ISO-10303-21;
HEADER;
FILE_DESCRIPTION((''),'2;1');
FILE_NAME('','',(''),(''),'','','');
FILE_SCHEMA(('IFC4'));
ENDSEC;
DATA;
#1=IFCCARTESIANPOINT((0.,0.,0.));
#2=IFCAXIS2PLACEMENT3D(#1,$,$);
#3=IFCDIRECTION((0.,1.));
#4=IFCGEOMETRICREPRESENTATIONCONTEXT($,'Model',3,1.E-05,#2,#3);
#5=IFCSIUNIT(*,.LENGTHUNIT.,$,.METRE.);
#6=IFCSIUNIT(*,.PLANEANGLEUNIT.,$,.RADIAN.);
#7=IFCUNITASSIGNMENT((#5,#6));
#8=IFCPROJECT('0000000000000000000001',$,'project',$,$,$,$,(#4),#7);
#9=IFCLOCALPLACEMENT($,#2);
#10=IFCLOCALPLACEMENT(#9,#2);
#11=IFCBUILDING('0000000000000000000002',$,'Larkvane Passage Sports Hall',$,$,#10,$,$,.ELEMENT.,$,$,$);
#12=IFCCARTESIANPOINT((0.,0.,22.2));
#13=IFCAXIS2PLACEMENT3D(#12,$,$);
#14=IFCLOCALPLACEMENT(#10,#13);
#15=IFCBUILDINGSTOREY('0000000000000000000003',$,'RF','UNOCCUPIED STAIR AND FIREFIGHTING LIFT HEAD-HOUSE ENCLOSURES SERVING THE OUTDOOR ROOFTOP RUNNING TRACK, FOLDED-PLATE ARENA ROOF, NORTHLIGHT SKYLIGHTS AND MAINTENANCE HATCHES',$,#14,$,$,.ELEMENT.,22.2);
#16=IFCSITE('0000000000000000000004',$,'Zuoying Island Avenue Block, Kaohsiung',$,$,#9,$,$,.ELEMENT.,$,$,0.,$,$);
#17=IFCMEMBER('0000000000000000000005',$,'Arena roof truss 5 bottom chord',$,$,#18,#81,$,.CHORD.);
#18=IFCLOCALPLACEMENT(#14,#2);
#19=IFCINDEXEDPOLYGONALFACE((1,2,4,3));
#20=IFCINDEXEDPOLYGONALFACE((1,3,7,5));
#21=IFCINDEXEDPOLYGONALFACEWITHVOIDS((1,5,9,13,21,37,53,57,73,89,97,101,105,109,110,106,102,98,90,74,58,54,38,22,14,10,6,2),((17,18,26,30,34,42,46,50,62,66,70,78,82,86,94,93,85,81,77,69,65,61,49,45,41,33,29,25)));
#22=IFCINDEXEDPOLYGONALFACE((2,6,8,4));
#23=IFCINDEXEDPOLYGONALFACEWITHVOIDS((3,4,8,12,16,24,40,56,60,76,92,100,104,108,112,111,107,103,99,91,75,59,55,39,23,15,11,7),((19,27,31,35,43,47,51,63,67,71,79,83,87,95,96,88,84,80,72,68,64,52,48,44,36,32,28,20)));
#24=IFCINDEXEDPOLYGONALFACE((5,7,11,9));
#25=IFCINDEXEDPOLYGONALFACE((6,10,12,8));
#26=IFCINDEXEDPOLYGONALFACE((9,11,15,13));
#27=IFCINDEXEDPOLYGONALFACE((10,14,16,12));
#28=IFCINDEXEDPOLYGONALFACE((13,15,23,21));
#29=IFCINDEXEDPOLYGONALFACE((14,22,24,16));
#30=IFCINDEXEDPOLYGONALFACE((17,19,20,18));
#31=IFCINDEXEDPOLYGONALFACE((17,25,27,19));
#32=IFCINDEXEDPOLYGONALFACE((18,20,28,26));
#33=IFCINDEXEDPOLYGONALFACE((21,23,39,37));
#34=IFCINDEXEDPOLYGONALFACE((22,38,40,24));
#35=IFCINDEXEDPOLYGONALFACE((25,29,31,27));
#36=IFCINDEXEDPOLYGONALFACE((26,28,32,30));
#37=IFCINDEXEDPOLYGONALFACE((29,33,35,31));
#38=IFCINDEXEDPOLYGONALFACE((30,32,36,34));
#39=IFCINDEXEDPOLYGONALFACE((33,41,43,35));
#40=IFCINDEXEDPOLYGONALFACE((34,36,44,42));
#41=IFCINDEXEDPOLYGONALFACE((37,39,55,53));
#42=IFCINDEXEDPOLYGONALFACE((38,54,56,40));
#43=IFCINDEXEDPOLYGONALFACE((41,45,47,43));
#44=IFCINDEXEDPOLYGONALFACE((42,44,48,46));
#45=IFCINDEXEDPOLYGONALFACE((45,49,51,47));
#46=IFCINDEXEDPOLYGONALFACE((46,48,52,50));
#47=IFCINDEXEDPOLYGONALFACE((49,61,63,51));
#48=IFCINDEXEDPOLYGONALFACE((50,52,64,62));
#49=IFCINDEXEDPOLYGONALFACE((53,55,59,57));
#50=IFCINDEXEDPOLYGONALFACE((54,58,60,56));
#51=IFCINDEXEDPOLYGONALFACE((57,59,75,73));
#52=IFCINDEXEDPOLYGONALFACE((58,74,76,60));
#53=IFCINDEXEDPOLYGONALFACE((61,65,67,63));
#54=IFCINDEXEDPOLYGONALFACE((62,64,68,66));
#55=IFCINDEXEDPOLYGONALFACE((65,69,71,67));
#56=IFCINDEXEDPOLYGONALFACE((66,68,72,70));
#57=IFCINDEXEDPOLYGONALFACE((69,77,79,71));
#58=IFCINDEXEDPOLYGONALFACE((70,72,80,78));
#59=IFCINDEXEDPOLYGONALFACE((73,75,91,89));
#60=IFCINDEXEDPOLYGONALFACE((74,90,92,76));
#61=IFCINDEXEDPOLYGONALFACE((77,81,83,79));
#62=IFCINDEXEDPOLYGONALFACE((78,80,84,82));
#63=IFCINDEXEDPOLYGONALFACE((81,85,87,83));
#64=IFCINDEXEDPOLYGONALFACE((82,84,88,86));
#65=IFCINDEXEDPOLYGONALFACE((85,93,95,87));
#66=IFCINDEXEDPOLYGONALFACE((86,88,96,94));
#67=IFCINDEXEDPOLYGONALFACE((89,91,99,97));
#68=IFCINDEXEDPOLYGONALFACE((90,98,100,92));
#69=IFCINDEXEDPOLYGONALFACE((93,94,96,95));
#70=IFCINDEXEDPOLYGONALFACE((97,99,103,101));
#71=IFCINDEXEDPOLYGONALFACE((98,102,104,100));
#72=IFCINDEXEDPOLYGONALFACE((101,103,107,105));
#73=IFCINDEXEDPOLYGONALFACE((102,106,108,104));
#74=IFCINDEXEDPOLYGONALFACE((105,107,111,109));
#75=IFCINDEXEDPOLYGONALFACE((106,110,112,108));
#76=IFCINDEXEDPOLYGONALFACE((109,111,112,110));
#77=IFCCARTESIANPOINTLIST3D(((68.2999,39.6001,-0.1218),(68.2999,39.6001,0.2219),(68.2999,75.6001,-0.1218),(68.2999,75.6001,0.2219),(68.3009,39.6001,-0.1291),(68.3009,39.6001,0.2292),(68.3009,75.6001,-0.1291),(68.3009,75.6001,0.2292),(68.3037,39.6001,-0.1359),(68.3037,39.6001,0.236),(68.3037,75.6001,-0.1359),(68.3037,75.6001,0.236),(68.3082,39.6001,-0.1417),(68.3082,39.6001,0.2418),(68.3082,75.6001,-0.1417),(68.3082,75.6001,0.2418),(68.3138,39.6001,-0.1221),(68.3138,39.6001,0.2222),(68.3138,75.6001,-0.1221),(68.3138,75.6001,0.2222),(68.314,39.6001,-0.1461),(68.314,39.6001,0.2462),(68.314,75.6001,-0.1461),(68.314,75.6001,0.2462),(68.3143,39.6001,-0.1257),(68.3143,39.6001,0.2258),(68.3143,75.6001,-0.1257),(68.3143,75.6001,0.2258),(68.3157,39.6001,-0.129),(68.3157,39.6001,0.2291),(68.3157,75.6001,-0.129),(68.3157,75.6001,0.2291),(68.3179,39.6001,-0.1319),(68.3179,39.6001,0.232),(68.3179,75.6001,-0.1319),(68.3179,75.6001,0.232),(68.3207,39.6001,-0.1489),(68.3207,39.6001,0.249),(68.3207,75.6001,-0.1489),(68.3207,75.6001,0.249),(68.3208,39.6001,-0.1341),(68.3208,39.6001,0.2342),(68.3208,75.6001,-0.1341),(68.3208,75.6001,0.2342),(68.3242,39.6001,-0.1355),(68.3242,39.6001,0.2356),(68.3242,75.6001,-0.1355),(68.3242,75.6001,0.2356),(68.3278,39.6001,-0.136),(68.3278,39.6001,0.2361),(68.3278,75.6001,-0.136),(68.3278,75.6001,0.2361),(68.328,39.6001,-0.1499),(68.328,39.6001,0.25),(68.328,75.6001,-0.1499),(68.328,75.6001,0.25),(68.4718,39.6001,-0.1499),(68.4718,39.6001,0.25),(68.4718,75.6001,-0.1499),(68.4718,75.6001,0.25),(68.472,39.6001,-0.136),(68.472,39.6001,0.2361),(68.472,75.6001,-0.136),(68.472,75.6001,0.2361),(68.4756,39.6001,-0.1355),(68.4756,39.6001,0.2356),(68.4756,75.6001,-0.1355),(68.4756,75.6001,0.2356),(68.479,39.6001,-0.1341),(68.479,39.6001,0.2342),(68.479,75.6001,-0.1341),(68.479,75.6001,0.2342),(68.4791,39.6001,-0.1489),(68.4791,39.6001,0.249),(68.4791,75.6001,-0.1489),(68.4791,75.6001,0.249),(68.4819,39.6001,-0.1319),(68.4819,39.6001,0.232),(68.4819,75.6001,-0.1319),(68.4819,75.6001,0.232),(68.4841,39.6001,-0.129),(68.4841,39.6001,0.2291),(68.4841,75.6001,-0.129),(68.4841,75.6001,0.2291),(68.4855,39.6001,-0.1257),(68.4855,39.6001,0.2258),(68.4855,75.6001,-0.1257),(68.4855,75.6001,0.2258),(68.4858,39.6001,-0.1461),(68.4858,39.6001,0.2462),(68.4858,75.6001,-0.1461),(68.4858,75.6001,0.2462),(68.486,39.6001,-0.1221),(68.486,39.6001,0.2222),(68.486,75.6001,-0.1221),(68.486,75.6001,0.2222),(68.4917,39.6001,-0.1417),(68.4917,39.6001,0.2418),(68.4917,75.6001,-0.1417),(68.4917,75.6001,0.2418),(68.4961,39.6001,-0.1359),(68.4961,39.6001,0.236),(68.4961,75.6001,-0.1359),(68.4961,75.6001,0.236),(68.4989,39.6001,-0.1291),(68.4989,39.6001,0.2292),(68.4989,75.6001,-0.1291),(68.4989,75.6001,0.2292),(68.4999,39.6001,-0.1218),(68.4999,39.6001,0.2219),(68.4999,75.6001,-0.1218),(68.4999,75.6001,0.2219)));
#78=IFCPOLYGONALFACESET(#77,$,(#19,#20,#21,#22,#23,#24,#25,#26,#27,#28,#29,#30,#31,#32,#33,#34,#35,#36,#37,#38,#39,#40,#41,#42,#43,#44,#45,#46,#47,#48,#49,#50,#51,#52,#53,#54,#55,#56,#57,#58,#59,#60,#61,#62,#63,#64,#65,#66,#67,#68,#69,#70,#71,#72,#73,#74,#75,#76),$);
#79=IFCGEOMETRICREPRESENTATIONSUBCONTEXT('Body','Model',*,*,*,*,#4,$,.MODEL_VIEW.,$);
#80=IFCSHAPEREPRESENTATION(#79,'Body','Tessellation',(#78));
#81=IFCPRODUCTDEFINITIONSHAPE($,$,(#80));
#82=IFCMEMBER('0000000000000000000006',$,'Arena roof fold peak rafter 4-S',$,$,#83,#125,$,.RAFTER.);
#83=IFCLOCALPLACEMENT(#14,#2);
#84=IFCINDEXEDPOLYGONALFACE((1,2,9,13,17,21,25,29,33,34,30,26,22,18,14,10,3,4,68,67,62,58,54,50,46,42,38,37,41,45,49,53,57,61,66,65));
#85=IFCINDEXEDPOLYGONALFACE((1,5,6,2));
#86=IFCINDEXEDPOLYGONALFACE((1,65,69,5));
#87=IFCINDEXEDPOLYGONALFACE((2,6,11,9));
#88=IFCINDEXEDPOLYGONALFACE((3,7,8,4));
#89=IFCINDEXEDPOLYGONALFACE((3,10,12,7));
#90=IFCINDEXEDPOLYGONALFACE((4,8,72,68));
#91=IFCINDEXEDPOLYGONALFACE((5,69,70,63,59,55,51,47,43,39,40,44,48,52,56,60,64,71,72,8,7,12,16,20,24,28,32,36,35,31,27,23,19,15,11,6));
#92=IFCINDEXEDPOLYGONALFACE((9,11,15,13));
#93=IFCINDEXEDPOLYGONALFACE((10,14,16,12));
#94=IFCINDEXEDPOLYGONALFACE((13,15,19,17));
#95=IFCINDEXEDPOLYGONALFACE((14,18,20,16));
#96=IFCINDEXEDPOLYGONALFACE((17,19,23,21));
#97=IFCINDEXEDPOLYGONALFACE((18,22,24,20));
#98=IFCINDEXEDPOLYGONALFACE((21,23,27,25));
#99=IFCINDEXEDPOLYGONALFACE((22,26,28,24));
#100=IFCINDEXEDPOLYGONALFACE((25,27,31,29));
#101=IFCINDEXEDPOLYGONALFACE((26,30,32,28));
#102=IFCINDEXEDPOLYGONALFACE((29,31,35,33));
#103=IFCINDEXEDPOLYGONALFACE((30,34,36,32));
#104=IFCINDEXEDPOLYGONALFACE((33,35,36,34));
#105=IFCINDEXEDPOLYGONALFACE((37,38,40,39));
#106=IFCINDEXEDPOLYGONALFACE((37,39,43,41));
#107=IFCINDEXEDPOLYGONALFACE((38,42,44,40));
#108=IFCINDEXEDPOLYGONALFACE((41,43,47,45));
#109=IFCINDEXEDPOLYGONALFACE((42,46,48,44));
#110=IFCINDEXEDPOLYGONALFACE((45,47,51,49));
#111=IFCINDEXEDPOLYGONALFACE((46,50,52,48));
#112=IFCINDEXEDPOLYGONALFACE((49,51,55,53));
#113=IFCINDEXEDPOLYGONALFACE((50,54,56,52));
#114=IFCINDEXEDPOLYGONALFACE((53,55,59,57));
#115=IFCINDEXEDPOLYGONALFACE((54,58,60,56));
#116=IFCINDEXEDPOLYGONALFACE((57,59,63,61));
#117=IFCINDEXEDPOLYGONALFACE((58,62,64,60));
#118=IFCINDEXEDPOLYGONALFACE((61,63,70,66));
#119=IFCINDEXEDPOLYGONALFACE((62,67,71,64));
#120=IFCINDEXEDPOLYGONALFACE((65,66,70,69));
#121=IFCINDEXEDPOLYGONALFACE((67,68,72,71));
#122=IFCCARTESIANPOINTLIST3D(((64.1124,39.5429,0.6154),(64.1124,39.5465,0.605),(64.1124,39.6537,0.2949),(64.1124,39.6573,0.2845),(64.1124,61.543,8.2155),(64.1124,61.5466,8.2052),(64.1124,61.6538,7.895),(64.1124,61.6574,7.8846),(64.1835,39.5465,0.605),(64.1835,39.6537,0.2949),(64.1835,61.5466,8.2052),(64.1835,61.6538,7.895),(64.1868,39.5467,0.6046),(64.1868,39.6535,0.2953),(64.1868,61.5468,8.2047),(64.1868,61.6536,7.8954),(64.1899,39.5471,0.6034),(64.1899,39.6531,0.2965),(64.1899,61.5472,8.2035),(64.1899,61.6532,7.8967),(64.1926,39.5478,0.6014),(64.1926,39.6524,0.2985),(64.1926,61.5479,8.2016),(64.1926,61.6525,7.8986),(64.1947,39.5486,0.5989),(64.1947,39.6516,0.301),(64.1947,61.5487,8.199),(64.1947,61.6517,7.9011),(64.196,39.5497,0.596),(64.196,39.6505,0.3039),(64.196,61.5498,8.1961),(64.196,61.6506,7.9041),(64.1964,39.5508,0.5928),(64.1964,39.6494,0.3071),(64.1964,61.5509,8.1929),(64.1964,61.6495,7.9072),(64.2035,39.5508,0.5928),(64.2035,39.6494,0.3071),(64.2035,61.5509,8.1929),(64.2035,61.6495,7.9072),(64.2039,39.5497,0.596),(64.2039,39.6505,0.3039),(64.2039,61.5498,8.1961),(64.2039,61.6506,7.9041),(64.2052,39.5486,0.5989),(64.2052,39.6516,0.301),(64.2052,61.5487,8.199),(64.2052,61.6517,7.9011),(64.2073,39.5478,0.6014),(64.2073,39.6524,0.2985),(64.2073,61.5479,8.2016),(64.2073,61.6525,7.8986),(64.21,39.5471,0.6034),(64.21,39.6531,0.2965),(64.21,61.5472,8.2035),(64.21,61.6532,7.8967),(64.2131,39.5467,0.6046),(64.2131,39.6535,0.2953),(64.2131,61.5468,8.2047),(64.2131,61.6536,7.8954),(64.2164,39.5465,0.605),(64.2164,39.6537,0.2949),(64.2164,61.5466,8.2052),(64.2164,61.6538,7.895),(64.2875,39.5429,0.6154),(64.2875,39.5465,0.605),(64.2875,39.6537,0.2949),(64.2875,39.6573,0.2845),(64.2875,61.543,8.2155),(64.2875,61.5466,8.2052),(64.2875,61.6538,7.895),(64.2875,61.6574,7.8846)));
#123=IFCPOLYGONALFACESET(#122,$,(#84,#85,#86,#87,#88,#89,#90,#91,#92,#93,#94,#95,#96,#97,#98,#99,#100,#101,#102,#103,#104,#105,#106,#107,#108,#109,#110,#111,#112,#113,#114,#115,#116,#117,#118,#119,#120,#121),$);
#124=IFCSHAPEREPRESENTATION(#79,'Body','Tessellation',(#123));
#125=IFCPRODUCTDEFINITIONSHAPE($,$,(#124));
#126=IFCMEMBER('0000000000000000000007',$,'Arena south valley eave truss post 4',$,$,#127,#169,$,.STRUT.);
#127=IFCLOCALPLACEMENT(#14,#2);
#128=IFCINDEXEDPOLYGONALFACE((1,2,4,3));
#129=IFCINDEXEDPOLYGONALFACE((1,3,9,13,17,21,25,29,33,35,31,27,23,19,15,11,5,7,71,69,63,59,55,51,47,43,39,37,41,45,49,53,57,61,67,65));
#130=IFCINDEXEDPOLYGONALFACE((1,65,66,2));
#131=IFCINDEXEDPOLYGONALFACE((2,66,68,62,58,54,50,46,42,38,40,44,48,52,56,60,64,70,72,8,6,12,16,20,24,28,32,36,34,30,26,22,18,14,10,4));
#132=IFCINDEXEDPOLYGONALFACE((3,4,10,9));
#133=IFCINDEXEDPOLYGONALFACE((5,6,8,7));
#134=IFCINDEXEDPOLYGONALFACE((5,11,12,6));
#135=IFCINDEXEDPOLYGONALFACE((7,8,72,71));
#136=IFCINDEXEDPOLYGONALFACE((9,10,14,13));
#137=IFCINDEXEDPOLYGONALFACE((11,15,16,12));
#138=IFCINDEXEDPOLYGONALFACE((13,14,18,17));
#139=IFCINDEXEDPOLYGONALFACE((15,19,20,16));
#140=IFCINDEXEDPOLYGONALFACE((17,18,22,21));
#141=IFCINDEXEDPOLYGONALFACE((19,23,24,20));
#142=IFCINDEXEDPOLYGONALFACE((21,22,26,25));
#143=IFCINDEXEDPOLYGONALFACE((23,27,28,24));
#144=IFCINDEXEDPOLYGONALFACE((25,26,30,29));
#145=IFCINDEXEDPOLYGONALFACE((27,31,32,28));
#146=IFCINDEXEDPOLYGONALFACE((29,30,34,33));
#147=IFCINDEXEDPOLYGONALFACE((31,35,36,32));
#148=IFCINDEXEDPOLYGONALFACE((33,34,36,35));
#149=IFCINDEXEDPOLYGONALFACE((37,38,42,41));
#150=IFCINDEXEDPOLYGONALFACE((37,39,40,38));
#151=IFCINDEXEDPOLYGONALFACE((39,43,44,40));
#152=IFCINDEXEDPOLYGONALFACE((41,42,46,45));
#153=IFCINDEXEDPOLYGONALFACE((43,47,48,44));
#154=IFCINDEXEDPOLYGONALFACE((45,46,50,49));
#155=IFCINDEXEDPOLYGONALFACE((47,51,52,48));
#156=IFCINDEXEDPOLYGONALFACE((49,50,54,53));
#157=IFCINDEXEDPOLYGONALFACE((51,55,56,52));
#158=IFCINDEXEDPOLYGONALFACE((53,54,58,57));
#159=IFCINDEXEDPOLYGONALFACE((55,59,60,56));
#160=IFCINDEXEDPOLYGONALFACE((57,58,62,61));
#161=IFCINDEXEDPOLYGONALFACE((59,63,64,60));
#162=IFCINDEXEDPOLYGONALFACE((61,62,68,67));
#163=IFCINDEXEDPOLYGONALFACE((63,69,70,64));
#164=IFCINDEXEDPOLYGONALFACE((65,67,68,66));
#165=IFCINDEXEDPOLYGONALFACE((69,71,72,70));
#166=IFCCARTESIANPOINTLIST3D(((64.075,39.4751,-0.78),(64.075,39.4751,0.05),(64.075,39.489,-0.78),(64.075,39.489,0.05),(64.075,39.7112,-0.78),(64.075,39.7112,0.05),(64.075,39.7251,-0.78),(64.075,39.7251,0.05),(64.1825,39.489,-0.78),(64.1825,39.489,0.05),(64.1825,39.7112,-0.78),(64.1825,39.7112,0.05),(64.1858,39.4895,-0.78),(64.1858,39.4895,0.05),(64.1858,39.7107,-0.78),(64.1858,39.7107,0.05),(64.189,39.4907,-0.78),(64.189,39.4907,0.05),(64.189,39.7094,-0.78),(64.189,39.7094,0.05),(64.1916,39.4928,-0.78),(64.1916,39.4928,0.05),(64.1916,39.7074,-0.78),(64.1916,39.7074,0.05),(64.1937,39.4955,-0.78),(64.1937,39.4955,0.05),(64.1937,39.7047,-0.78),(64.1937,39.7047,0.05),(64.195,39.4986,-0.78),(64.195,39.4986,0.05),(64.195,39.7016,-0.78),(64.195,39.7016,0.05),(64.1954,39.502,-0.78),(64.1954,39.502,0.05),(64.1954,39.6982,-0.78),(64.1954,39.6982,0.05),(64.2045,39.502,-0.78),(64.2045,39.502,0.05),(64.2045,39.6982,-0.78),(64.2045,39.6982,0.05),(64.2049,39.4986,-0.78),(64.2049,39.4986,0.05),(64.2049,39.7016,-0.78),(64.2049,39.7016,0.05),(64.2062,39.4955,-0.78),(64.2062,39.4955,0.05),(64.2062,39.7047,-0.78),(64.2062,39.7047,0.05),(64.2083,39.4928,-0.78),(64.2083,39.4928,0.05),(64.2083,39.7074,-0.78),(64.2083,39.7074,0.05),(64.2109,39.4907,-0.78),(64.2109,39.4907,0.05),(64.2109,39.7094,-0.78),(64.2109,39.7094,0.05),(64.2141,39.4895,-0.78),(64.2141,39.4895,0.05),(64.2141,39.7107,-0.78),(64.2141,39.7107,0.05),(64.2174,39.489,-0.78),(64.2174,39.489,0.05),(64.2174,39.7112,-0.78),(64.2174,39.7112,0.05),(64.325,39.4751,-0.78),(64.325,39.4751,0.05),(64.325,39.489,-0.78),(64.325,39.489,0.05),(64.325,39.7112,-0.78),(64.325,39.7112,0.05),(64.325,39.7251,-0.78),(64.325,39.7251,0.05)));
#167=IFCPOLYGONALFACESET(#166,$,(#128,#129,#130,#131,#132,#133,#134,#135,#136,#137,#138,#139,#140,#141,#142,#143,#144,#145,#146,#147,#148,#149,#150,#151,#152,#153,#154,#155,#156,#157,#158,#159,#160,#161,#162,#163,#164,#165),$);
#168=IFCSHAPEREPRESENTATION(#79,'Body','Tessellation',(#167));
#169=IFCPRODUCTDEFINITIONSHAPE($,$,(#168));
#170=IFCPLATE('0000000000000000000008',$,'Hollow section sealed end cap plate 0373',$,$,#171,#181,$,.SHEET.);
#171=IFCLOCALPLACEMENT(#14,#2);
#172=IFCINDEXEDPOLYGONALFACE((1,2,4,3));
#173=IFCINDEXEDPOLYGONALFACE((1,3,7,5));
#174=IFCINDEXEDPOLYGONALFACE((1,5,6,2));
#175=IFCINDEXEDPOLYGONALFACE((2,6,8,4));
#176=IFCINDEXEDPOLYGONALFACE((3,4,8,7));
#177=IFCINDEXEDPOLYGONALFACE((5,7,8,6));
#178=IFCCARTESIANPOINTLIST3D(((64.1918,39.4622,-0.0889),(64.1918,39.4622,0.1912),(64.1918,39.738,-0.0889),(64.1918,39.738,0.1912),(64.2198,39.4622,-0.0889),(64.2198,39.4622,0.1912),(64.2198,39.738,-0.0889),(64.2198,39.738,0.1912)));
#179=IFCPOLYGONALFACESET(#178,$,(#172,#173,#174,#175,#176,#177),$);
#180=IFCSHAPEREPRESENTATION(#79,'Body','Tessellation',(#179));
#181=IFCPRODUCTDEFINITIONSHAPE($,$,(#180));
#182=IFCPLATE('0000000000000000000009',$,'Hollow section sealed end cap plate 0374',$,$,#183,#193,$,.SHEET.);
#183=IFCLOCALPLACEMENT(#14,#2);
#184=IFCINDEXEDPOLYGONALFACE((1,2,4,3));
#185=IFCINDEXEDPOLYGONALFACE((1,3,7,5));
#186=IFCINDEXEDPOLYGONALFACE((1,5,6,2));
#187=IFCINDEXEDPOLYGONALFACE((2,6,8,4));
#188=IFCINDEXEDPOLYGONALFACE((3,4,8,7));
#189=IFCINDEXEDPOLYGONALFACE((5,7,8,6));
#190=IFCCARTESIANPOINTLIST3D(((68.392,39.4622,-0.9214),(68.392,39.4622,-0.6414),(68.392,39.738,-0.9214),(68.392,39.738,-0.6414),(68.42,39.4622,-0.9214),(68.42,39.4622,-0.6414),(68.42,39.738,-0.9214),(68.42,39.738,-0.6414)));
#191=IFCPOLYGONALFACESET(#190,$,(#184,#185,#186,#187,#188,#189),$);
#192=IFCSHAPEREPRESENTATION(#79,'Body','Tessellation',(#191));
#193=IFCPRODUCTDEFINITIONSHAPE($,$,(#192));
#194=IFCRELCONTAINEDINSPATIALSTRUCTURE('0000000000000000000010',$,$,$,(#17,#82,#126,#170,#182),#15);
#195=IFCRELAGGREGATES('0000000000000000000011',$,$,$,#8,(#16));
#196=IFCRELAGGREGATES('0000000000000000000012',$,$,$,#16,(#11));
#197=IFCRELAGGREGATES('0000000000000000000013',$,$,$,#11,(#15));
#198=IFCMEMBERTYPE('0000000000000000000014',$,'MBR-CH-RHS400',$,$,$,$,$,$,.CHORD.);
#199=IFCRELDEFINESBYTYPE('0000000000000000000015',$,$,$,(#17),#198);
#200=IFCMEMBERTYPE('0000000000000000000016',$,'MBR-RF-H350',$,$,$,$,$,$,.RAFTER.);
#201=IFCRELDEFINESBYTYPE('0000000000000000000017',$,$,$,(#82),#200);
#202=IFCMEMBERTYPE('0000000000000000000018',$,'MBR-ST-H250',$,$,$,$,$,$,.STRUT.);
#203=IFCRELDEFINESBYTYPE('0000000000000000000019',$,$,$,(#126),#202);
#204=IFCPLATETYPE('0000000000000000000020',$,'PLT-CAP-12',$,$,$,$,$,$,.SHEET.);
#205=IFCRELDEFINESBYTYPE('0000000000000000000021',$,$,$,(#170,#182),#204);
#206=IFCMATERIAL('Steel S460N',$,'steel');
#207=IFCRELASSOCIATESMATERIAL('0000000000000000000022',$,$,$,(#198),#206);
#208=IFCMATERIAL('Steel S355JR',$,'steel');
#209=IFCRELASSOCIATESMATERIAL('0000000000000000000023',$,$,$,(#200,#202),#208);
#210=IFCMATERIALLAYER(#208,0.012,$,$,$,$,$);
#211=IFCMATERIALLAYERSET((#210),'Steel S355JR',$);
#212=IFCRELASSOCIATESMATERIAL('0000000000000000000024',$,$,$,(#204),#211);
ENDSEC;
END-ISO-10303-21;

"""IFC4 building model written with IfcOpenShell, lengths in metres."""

from ifc_helpers import new_model, si_unit, direction, frame, origin, origin_2d, place, context, subcontext, project, spatial, rectangle, hollow_rectangle, i_section, extrude, material, layer, layer_set, material_profile, profile_set, type_object, element, save


model = new_model("IFC4")

# Units and contexts
model_context = context("Model", 3, precision=1e-05, world=origin(), true_north=direction((0.0, 1.0)))
body_context = subcontext(model_context, "Body", "Model", "MODEL_VIEW")
ifc_project = project(units=[si_unit("LENGTHUNIT", "METRE"), si_unit("PLANEANGLEUNIT", "RADIAN")], contexts=[model_context])

# Site, building, storey
site_placement = place(None, origin())
site = spatial("IfcSite", under=ifc_project, at=site_placement, Name="Zuoying Island Avenue Block, Kaohsiung", CompositionType="ELEMENT", RefElevation=0.0)
building_placement = place(site_placement, origin())
building = spatial("IfcBuilding", under=site, at=building_placement, Name="Larkvane Passage Sports Hall", CompositionType="ELEMENT")
storey_placement = place(building_placement, frame((0.0, 0.0, 22.2)))
storey = spatial("IfcBuildingStorey", under=building, at=storey_placement, Name="RF", Description="UNOCCUPIED STAIR AND FIREFIGHTING LIFT HEAD-HOUSE ENCLOSURES SERVING THE OUTDOOR ROOFTOP RUNNING TRACK, FOLDED-PLATE ARENA ROOF, NORTHLIGHT SKYLIGHTS AND MAINTENANCE HATCHES", CompositionType="ELEMENT", Elevation=22.2)

# Shared definitions
ifc_material_1 = material(Name="Steel S355JR", Category="steel")

# Members
ifc_material_2 = material(Name="Steel S460N", Category="steel")
ifc_material_profile_1 = material_profile(ifc_material_2, hollow_rectangle(XDim=0.2, YDim=0.3999, WallThickness=0.0139, InnerFilletRadius=0.0139, OuterFilletRadius=0.0281, at=origin_2d()), Name="RHS-400x200x14")
ifc_profile_set_1 = profile_set([ifc_material_profile_1], Name="Steel S460N")
member_type_1 = type_object("IfcMemberType", Name="MBR-CH-RHS400", PredefinedType="CHORD", material=ifc_profile_set_1)
member_1_placement = place(storey_placement, frame((68.3999, 39.6001, 0.05), z_axis=(0.0, 1.0, 0.0), x_axis=(-1.0, 0.0, 0.0)))
element("IfcMember", 1, at=member_1_placement, inside=storey, type_object=member_type_1, Name="Arena roof truss 5 bottom chord", PredefinedType="CHORD", context=body_context, shape_type="SweptSolid", body=[
    extrude(hollow_rectangle(XDim=0.2, YDim=0.3999, WallThickness=0.0139, InnerFilletRadius=0.0139, OuterFilletRadius=0.0281, at=origin_2d()), origin(), (0.0, 0.0, 1.0), 36.0),
])
ifc_material_profile_2 = material_profile(ifc_material_1, i_section(OverallWidth=0.175, OverallDepth=0.3501, WebThickness=0.0071, FlangeThickness=0.011, FilletRadius=0.0129, at=origin_2d()), Name="H-350x175x7x11")
ifc_profile_set_2 = profile_set([ifc_material_profile_2], Name="Steel S355JR")
member_type_2 = type_object("IfcMemberType", Name="MBR-RF-H350", PredefinedType="RAFTER", material=ifc_profile_set_2)
member_2_placement = place(storey_placement, frame((64.2, 39.6001, 0.45), z_axis=(0.0, 0.945189, 0.326524), x_axis=(-1.0, 0.0, 0.0)))
element("IfcMember", 2, at=member_2_placement, inside=storey, type_object=member_type_2, Name="Arena roof fold peak rafter 4-S", PredefinedType="RAFTER", context=body_context, shape_type="SweptSolid", body=[
    extrude(i_section(OverallWidth=0.175, OverallDepth=0.3501, WebThickness=0.0071, FlangeThickness=0.011, FilletRadius=0.0129, at=origin_2d()), origin(), (0.0, 0.0, 1.0), 23.2759),
])
ifc_material_profile_3 = material_profile(ifc_material_1, i_section(OverallWidth=0.25, OverallDepth=0.25, WebThickness=0.009, FlangeThickness=0.0139, FilletRadius=0.0129, at=origin_2d()), Name="H-250x250x9x14")
ifc_profile_set_3 = profile_set([ifc_material_profile_3], Name="Steel S355JR")
member_type_3 = type_object("IfcMemberType", Name="MBR-ST-H250", PredefinedType="STRUT", material=ifc_profile_set_3)
member_3_placement = place(storey_placement, frame((64.2, 39.6001, -0.78), z_axis=(0.0, 0.0, 1.0), x_axis=(1.0, 0.0, 0.0)))
element("IfcMember", 3, at=member_3_placement, inside=storey, type_object=member_type_3, Name="Arena south valley eave truss post 4", PredefinedType="STRUT", context=body_context, shape_type="SweptSolid", body=[
    extrude(i_section(OverallWidth=0.25, OverallDepth=0.25, WebThickness=0.009, FlangeThickness=0.0139, FilletRadius=0.0129, at=origin_2d()), origin(), (0.0, 0.0, 1.0), 0.8301),
])

# Plates
ifc_layer_1 = layer(ifc_material_1, 0.012)
ifc_layer_set_1 = layer_set([ifc_layer_1], Name="Steel S355JR")
plate_type_1 = type_object("IfcPlateType", Name="PLT-CAP-12", PredefinedType="SHEET", material=ifc_layer_set_1)
for number, where, z_axis, x_axis, name in (
    (4, (64.2058, 39.6001, -0.0889), (0.0, 0.0, 1.0), (0.0, 1.0, 0.0), "Hollow section sealed end cap plate 0373"),
    (5, (68.406, 39.6001, -0.9214), (0.0, 0.0, 1.0), (0.0, 1.0, 0.0), "Hollow section sealed end cap plate 0374"),
):
    element("IfcPlate", number, at=place(storey_placement, frame(where, z_axis=z_axis, x_axis=x_axis)), inside=storey, type_object=plate_type_1, Name=name, PredefinedType="SHEET", context=body_context, shape_type="SweptSolid", body=[
        extrude(rectangle(XDim=0.2759, YDim=0.0281, at=origin_2d()), origin(), (0.0, 0.0, 1.0), 0.28),
    ])

save(model, "model.ifc")
